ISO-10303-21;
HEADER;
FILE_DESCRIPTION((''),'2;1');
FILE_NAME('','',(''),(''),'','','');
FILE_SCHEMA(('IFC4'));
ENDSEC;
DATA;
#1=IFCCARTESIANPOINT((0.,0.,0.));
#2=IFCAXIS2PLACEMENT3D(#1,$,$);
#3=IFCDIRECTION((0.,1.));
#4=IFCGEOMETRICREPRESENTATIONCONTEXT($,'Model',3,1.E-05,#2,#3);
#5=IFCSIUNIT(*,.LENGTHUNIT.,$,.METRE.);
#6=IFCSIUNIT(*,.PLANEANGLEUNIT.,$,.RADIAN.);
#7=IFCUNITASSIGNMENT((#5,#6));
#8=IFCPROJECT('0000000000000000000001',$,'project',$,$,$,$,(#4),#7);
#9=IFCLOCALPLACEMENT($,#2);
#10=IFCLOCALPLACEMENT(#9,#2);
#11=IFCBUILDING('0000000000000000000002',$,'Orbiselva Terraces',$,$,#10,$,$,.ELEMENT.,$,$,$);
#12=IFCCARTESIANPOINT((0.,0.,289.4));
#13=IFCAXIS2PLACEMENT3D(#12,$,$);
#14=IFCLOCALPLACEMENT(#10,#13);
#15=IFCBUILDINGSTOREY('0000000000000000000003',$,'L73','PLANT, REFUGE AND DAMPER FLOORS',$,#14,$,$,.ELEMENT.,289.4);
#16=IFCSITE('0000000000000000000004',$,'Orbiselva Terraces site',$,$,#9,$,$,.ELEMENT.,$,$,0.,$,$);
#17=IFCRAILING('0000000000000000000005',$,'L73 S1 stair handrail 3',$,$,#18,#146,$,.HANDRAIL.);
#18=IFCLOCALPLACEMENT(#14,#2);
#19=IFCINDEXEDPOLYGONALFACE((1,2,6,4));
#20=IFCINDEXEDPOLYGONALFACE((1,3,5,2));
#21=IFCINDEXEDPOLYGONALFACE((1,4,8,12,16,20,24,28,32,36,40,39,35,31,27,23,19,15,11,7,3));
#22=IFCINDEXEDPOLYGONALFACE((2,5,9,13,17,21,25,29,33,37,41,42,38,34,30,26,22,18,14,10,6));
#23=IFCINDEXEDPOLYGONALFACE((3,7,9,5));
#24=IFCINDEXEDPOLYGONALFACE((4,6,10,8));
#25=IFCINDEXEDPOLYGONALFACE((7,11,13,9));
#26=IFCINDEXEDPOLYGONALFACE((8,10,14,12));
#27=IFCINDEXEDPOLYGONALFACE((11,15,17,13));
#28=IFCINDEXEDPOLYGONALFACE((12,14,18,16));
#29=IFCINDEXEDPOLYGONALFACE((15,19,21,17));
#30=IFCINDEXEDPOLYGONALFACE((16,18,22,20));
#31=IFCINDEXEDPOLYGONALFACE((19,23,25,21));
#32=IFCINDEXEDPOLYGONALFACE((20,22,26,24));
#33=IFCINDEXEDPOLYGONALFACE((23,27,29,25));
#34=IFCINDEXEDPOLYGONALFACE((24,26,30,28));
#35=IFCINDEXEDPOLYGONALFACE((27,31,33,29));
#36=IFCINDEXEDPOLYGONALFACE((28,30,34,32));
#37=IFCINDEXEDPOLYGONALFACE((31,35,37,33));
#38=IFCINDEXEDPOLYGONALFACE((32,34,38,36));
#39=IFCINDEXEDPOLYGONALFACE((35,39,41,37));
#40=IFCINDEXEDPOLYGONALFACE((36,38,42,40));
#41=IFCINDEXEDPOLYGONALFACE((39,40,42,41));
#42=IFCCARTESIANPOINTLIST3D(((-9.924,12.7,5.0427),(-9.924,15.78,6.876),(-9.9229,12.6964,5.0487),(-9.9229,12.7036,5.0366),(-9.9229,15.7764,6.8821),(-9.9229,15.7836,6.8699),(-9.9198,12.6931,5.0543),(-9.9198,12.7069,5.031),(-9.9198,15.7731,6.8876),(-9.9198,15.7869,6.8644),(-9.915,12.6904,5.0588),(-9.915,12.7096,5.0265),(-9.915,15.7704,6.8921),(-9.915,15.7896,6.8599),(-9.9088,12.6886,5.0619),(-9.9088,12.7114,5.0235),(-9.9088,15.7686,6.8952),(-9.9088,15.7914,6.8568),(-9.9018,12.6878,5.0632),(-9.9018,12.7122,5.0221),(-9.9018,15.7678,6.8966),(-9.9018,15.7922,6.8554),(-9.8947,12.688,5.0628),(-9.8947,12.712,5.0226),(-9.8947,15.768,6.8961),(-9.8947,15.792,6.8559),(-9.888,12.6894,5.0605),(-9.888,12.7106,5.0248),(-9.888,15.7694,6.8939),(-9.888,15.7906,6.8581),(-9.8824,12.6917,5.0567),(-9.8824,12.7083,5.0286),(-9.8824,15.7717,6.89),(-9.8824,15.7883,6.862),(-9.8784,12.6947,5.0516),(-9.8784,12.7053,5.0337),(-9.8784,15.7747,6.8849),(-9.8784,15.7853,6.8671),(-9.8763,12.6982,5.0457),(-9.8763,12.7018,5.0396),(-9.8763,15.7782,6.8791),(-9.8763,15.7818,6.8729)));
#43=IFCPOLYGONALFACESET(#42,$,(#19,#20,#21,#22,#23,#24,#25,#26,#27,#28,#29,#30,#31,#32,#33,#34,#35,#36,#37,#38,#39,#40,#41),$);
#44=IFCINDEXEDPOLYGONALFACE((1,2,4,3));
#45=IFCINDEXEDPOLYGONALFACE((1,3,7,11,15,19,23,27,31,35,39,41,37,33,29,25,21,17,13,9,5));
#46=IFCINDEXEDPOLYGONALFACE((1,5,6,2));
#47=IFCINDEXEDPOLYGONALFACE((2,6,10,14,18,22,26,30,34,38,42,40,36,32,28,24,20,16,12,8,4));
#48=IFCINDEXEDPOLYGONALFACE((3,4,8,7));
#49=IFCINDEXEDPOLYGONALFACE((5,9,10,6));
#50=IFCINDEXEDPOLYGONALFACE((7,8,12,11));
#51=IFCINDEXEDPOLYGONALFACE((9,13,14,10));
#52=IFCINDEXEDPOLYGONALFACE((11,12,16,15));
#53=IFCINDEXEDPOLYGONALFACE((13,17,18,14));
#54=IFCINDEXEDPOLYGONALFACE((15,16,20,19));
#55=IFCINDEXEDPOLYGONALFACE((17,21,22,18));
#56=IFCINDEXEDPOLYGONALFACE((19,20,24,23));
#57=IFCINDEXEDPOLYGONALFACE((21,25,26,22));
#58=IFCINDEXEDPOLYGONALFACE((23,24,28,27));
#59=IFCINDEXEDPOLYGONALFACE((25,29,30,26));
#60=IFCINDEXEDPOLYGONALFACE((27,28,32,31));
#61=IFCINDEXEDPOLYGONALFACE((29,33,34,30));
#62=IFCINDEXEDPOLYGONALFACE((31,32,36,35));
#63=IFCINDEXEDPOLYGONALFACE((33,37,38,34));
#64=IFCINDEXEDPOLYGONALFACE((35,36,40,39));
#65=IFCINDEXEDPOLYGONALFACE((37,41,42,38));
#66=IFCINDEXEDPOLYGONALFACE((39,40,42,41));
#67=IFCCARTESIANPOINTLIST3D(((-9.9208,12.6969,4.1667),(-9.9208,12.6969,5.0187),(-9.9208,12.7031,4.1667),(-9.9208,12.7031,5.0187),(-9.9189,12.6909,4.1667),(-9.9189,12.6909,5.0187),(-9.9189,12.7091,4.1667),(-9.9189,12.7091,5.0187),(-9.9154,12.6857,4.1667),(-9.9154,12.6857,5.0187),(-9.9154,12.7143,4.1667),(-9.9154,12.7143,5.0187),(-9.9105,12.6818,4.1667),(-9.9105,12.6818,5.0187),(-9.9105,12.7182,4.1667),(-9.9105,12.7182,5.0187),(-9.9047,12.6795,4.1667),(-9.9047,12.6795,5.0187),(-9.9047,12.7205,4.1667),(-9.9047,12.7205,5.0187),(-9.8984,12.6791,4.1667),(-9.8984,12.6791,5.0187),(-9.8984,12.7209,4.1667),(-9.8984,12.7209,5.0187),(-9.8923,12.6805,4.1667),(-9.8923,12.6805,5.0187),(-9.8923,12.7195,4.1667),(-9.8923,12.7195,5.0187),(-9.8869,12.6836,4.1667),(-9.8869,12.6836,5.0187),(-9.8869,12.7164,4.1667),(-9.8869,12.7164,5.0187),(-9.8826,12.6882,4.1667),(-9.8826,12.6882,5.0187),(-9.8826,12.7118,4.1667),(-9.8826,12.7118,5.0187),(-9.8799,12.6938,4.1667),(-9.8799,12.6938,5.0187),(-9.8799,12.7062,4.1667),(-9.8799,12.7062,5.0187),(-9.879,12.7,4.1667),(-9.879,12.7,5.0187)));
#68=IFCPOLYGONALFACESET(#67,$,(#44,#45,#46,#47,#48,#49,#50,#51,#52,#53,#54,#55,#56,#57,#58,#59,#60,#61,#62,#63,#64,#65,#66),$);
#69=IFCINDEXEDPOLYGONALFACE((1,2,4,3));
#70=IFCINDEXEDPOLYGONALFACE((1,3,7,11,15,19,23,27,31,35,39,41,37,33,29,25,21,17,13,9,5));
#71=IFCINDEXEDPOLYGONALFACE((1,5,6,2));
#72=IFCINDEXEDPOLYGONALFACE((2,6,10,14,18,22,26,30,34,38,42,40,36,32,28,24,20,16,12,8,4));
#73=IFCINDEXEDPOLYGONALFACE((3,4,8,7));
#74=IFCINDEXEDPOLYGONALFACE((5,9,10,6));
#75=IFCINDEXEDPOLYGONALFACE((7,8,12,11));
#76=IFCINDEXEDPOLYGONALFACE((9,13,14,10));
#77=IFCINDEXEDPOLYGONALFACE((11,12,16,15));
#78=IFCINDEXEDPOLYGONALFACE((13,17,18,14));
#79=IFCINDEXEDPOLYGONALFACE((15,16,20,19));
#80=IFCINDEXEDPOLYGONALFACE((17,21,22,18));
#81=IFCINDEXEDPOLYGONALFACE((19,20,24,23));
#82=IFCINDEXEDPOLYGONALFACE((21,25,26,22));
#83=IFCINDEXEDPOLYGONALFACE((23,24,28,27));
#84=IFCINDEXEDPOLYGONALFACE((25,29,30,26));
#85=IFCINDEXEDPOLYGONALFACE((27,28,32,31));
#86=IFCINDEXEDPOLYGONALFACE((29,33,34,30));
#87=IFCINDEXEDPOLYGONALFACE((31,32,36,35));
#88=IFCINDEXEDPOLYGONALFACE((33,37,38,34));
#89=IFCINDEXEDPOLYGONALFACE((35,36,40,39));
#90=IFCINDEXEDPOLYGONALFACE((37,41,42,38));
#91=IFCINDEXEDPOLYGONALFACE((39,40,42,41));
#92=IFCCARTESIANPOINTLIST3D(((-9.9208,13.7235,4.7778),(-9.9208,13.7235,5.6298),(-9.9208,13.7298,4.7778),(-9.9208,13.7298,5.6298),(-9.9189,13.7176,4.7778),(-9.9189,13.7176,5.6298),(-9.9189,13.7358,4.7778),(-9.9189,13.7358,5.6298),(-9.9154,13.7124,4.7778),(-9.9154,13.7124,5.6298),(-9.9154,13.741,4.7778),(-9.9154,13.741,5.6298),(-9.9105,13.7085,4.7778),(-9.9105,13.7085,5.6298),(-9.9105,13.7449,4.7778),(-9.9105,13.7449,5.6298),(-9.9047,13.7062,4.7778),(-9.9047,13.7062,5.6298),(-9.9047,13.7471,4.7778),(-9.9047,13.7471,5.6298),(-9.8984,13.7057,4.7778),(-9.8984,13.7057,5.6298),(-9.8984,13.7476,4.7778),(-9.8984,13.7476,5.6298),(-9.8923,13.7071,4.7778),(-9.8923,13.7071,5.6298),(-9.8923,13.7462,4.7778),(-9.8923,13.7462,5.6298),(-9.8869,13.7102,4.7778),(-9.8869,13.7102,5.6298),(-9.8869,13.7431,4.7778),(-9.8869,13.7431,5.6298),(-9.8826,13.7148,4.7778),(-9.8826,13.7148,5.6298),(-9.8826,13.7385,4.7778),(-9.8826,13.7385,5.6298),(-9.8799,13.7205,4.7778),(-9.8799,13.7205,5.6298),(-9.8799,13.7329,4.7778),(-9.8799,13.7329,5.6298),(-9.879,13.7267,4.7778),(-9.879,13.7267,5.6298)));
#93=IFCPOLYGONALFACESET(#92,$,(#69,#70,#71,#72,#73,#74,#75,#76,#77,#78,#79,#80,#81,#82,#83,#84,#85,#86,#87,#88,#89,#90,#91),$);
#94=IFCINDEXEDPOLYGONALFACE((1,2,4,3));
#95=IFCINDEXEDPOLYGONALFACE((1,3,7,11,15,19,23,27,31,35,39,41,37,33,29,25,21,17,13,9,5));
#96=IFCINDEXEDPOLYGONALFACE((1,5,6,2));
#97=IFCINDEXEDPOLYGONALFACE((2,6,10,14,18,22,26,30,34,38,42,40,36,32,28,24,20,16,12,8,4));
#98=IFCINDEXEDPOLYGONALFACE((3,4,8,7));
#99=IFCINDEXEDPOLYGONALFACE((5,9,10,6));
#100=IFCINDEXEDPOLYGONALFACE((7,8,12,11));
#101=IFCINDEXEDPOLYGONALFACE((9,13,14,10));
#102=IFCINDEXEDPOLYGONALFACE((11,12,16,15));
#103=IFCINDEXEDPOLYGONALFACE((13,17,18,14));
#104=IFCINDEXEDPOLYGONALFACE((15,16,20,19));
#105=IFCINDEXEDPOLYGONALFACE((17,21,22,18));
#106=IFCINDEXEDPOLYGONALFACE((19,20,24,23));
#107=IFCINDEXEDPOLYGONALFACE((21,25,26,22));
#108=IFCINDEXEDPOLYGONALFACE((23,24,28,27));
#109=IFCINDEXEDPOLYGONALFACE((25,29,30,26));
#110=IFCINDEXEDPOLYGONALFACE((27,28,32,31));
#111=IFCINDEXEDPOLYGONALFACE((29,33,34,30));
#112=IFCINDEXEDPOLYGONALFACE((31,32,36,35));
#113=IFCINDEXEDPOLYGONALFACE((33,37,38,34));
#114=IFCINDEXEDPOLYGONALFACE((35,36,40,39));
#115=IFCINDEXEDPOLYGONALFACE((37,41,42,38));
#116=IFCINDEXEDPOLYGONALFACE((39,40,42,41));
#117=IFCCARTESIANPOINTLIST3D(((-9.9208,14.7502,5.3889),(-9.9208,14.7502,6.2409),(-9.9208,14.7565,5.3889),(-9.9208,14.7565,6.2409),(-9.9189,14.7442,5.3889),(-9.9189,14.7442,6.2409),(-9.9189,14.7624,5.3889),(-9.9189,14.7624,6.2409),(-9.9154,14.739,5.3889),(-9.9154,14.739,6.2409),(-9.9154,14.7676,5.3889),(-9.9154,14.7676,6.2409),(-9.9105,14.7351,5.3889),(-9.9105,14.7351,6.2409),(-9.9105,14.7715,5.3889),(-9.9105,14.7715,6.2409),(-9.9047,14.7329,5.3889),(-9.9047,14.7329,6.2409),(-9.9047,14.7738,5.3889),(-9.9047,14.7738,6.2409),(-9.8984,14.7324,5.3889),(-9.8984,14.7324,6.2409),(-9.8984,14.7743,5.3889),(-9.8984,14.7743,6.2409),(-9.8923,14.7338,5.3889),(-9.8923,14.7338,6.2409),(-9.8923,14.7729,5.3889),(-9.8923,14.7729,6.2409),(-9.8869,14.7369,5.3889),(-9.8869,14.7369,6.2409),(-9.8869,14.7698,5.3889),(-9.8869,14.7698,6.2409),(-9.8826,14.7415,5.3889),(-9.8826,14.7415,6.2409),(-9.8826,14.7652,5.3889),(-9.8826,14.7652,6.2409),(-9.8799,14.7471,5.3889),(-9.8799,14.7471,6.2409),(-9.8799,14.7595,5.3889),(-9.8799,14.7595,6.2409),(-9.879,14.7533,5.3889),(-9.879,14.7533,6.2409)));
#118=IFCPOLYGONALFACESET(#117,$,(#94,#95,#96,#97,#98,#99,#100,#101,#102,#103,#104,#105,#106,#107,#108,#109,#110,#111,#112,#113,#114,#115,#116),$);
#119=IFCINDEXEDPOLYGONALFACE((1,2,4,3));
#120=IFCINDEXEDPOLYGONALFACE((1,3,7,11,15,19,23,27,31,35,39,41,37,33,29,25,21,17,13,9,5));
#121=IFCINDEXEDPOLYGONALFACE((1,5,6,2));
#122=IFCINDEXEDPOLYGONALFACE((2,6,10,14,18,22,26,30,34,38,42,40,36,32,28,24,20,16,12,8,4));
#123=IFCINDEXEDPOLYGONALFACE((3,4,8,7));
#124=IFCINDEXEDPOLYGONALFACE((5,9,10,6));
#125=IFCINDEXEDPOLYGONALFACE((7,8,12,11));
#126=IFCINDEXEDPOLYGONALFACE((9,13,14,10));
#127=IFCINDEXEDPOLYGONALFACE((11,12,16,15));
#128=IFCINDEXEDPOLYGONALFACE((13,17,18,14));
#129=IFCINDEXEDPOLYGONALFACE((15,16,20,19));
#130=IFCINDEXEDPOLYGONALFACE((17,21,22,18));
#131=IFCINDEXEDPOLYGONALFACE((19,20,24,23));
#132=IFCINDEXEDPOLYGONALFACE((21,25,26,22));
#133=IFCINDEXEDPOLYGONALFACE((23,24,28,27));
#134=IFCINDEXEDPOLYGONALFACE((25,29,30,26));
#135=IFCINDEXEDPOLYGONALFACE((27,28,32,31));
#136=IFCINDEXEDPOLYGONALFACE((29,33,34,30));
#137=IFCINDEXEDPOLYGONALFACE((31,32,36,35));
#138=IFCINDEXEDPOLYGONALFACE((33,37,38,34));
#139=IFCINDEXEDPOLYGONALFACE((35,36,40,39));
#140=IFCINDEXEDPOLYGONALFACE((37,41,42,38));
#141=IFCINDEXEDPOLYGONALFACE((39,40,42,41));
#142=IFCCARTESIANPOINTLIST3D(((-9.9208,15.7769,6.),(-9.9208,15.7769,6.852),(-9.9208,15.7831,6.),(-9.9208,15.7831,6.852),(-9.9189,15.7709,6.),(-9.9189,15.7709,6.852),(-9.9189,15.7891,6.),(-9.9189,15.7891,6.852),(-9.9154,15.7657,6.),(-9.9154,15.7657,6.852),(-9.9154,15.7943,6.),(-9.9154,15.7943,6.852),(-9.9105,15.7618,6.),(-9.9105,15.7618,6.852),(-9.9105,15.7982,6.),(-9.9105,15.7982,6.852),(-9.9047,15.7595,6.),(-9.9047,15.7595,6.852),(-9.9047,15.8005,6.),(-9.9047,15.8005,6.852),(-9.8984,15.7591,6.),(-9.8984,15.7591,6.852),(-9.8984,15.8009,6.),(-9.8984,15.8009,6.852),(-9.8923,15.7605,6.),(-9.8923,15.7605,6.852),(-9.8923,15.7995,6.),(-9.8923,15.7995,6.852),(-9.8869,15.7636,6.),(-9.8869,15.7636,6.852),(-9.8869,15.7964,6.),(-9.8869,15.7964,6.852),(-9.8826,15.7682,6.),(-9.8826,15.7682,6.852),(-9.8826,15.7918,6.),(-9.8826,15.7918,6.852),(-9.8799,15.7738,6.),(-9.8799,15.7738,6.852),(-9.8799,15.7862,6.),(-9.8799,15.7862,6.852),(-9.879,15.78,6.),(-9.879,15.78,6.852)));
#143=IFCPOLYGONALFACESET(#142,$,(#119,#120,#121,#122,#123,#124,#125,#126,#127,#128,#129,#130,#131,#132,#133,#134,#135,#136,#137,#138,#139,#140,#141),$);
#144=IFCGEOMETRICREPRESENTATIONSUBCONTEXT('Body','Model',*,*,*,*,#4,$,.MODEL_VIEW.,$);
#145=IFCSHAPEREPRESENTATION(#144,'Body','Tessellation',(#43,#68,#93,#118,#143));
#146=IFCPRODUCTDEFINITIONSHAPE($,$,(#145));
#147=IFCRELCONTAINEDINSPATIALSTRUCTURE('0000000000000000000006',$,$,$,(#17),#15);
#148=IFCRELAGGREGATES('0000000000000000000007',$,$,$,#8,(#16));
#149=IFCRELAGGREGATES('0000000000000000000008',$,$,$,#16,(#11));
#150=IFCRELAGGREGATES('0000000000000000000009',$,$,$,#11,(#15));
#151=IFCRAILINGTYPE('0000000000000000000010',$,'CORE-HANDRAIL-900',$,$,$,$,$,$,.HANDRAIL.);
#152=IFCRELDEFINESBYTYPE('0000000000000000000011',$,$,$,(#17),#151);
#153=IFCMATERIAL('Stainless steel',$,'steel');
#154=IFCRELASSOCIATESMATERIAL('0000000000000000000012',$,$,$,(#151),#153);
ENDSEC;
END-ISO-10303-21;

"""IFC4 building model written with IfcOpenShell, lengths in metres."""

from ifc_helpers import new_model, si_unit, direction, frame, origin, origin_2d, place, context, subcontext, project, spatial, circle, extrude, material, type_object, element, save


model = new_model("IFC4")

# Units and contexts
model_context = context("Model", 3, precision=1e-05, world=origin(), true_north=direction((0.0, 1.0)))
body_context = subcontext(model_context, "Body", "Model", "MODEL_VIEW")
ifc_project = project(units=[si_unit("LENGTHUNIT", "METRE"), si_unit("PLANEANGLEUNIT", "RADIAN")], contexts=[model_context])

# Site, building, storey
site_placement = place(None, origin())
site = spatial("IfcSite", under=ifc_project, at=site_placement, Name="Orbiselva Terraces site", CompositionType="ELEMENT", RefElevation=0.0)
building_placement = place(site_placement, origin())
building = spatial("IfcBuilding", under=site, at=building_placement, Name="Orbiselva Terraces", CompositionType="ELEMENT")
storey_placement = place(building_placement, frame((0.0, 0.0, 289.4)))
storey = spatial("IfcBuildingStorey", under=building, at=storey_placement, Name="L73", Description="PLANT, REFUGE AND DAMPER FLOORS", CompositionType="ELEMENT", Elevation=289.4)

# Railing
ifc_material_1 = material(Name="Stainless steel", Category="steel")
railing_type_1 = type_object("IfcRailingType", Name="CORE-HANDRAIL-900", PredefinedType="HANDRAIL", material=ifc_material_1)
railing_1_placement = place(storey_placement, frame((-9.9, 12.7, 4.1667)))
element("IfcRailing", 1, at=railing_1_placement, inside=storey, type_object=railing_type_1, Name="L73 S1 stair handrail 3", PredefinedType="HANDRAIL", context=body_context, shape_type="SweptSolid", body=[
    extrude(circle(Radius=0.024, at=origin_2d()), frame((0.0, 0.0, 0.876), z_axis=(0.0, 0.859293, 0.511484), x_axis=(-1.0, 0.0, 0.0)), (0.0, 0.0, 1.0), 3.5843),
    extrude(circle(Radius=0.021, at=origin_2d()), origin(), (0.0, 0.0, 1.0), 0.852),
    extrude(circle(Radius=0.021, at=origin_2d()), frame((0.0, 1.0267, 0.6111)), (0.0, 0.0, 1.0), 0.852),
    extrude(circle(Radius=0.021, at=origin_2d()), frame((0.0, 2.0533, 1.2222)), (0.0, 0.0, 1.0), 0.852),
    extrude(circle(Radius=0.021, at=origin_2d()), frame((0.0, 3.08, 1.8333)), (0.0, 0.0, 1.0), 0.852),
])

save(model, "model.ifc")
